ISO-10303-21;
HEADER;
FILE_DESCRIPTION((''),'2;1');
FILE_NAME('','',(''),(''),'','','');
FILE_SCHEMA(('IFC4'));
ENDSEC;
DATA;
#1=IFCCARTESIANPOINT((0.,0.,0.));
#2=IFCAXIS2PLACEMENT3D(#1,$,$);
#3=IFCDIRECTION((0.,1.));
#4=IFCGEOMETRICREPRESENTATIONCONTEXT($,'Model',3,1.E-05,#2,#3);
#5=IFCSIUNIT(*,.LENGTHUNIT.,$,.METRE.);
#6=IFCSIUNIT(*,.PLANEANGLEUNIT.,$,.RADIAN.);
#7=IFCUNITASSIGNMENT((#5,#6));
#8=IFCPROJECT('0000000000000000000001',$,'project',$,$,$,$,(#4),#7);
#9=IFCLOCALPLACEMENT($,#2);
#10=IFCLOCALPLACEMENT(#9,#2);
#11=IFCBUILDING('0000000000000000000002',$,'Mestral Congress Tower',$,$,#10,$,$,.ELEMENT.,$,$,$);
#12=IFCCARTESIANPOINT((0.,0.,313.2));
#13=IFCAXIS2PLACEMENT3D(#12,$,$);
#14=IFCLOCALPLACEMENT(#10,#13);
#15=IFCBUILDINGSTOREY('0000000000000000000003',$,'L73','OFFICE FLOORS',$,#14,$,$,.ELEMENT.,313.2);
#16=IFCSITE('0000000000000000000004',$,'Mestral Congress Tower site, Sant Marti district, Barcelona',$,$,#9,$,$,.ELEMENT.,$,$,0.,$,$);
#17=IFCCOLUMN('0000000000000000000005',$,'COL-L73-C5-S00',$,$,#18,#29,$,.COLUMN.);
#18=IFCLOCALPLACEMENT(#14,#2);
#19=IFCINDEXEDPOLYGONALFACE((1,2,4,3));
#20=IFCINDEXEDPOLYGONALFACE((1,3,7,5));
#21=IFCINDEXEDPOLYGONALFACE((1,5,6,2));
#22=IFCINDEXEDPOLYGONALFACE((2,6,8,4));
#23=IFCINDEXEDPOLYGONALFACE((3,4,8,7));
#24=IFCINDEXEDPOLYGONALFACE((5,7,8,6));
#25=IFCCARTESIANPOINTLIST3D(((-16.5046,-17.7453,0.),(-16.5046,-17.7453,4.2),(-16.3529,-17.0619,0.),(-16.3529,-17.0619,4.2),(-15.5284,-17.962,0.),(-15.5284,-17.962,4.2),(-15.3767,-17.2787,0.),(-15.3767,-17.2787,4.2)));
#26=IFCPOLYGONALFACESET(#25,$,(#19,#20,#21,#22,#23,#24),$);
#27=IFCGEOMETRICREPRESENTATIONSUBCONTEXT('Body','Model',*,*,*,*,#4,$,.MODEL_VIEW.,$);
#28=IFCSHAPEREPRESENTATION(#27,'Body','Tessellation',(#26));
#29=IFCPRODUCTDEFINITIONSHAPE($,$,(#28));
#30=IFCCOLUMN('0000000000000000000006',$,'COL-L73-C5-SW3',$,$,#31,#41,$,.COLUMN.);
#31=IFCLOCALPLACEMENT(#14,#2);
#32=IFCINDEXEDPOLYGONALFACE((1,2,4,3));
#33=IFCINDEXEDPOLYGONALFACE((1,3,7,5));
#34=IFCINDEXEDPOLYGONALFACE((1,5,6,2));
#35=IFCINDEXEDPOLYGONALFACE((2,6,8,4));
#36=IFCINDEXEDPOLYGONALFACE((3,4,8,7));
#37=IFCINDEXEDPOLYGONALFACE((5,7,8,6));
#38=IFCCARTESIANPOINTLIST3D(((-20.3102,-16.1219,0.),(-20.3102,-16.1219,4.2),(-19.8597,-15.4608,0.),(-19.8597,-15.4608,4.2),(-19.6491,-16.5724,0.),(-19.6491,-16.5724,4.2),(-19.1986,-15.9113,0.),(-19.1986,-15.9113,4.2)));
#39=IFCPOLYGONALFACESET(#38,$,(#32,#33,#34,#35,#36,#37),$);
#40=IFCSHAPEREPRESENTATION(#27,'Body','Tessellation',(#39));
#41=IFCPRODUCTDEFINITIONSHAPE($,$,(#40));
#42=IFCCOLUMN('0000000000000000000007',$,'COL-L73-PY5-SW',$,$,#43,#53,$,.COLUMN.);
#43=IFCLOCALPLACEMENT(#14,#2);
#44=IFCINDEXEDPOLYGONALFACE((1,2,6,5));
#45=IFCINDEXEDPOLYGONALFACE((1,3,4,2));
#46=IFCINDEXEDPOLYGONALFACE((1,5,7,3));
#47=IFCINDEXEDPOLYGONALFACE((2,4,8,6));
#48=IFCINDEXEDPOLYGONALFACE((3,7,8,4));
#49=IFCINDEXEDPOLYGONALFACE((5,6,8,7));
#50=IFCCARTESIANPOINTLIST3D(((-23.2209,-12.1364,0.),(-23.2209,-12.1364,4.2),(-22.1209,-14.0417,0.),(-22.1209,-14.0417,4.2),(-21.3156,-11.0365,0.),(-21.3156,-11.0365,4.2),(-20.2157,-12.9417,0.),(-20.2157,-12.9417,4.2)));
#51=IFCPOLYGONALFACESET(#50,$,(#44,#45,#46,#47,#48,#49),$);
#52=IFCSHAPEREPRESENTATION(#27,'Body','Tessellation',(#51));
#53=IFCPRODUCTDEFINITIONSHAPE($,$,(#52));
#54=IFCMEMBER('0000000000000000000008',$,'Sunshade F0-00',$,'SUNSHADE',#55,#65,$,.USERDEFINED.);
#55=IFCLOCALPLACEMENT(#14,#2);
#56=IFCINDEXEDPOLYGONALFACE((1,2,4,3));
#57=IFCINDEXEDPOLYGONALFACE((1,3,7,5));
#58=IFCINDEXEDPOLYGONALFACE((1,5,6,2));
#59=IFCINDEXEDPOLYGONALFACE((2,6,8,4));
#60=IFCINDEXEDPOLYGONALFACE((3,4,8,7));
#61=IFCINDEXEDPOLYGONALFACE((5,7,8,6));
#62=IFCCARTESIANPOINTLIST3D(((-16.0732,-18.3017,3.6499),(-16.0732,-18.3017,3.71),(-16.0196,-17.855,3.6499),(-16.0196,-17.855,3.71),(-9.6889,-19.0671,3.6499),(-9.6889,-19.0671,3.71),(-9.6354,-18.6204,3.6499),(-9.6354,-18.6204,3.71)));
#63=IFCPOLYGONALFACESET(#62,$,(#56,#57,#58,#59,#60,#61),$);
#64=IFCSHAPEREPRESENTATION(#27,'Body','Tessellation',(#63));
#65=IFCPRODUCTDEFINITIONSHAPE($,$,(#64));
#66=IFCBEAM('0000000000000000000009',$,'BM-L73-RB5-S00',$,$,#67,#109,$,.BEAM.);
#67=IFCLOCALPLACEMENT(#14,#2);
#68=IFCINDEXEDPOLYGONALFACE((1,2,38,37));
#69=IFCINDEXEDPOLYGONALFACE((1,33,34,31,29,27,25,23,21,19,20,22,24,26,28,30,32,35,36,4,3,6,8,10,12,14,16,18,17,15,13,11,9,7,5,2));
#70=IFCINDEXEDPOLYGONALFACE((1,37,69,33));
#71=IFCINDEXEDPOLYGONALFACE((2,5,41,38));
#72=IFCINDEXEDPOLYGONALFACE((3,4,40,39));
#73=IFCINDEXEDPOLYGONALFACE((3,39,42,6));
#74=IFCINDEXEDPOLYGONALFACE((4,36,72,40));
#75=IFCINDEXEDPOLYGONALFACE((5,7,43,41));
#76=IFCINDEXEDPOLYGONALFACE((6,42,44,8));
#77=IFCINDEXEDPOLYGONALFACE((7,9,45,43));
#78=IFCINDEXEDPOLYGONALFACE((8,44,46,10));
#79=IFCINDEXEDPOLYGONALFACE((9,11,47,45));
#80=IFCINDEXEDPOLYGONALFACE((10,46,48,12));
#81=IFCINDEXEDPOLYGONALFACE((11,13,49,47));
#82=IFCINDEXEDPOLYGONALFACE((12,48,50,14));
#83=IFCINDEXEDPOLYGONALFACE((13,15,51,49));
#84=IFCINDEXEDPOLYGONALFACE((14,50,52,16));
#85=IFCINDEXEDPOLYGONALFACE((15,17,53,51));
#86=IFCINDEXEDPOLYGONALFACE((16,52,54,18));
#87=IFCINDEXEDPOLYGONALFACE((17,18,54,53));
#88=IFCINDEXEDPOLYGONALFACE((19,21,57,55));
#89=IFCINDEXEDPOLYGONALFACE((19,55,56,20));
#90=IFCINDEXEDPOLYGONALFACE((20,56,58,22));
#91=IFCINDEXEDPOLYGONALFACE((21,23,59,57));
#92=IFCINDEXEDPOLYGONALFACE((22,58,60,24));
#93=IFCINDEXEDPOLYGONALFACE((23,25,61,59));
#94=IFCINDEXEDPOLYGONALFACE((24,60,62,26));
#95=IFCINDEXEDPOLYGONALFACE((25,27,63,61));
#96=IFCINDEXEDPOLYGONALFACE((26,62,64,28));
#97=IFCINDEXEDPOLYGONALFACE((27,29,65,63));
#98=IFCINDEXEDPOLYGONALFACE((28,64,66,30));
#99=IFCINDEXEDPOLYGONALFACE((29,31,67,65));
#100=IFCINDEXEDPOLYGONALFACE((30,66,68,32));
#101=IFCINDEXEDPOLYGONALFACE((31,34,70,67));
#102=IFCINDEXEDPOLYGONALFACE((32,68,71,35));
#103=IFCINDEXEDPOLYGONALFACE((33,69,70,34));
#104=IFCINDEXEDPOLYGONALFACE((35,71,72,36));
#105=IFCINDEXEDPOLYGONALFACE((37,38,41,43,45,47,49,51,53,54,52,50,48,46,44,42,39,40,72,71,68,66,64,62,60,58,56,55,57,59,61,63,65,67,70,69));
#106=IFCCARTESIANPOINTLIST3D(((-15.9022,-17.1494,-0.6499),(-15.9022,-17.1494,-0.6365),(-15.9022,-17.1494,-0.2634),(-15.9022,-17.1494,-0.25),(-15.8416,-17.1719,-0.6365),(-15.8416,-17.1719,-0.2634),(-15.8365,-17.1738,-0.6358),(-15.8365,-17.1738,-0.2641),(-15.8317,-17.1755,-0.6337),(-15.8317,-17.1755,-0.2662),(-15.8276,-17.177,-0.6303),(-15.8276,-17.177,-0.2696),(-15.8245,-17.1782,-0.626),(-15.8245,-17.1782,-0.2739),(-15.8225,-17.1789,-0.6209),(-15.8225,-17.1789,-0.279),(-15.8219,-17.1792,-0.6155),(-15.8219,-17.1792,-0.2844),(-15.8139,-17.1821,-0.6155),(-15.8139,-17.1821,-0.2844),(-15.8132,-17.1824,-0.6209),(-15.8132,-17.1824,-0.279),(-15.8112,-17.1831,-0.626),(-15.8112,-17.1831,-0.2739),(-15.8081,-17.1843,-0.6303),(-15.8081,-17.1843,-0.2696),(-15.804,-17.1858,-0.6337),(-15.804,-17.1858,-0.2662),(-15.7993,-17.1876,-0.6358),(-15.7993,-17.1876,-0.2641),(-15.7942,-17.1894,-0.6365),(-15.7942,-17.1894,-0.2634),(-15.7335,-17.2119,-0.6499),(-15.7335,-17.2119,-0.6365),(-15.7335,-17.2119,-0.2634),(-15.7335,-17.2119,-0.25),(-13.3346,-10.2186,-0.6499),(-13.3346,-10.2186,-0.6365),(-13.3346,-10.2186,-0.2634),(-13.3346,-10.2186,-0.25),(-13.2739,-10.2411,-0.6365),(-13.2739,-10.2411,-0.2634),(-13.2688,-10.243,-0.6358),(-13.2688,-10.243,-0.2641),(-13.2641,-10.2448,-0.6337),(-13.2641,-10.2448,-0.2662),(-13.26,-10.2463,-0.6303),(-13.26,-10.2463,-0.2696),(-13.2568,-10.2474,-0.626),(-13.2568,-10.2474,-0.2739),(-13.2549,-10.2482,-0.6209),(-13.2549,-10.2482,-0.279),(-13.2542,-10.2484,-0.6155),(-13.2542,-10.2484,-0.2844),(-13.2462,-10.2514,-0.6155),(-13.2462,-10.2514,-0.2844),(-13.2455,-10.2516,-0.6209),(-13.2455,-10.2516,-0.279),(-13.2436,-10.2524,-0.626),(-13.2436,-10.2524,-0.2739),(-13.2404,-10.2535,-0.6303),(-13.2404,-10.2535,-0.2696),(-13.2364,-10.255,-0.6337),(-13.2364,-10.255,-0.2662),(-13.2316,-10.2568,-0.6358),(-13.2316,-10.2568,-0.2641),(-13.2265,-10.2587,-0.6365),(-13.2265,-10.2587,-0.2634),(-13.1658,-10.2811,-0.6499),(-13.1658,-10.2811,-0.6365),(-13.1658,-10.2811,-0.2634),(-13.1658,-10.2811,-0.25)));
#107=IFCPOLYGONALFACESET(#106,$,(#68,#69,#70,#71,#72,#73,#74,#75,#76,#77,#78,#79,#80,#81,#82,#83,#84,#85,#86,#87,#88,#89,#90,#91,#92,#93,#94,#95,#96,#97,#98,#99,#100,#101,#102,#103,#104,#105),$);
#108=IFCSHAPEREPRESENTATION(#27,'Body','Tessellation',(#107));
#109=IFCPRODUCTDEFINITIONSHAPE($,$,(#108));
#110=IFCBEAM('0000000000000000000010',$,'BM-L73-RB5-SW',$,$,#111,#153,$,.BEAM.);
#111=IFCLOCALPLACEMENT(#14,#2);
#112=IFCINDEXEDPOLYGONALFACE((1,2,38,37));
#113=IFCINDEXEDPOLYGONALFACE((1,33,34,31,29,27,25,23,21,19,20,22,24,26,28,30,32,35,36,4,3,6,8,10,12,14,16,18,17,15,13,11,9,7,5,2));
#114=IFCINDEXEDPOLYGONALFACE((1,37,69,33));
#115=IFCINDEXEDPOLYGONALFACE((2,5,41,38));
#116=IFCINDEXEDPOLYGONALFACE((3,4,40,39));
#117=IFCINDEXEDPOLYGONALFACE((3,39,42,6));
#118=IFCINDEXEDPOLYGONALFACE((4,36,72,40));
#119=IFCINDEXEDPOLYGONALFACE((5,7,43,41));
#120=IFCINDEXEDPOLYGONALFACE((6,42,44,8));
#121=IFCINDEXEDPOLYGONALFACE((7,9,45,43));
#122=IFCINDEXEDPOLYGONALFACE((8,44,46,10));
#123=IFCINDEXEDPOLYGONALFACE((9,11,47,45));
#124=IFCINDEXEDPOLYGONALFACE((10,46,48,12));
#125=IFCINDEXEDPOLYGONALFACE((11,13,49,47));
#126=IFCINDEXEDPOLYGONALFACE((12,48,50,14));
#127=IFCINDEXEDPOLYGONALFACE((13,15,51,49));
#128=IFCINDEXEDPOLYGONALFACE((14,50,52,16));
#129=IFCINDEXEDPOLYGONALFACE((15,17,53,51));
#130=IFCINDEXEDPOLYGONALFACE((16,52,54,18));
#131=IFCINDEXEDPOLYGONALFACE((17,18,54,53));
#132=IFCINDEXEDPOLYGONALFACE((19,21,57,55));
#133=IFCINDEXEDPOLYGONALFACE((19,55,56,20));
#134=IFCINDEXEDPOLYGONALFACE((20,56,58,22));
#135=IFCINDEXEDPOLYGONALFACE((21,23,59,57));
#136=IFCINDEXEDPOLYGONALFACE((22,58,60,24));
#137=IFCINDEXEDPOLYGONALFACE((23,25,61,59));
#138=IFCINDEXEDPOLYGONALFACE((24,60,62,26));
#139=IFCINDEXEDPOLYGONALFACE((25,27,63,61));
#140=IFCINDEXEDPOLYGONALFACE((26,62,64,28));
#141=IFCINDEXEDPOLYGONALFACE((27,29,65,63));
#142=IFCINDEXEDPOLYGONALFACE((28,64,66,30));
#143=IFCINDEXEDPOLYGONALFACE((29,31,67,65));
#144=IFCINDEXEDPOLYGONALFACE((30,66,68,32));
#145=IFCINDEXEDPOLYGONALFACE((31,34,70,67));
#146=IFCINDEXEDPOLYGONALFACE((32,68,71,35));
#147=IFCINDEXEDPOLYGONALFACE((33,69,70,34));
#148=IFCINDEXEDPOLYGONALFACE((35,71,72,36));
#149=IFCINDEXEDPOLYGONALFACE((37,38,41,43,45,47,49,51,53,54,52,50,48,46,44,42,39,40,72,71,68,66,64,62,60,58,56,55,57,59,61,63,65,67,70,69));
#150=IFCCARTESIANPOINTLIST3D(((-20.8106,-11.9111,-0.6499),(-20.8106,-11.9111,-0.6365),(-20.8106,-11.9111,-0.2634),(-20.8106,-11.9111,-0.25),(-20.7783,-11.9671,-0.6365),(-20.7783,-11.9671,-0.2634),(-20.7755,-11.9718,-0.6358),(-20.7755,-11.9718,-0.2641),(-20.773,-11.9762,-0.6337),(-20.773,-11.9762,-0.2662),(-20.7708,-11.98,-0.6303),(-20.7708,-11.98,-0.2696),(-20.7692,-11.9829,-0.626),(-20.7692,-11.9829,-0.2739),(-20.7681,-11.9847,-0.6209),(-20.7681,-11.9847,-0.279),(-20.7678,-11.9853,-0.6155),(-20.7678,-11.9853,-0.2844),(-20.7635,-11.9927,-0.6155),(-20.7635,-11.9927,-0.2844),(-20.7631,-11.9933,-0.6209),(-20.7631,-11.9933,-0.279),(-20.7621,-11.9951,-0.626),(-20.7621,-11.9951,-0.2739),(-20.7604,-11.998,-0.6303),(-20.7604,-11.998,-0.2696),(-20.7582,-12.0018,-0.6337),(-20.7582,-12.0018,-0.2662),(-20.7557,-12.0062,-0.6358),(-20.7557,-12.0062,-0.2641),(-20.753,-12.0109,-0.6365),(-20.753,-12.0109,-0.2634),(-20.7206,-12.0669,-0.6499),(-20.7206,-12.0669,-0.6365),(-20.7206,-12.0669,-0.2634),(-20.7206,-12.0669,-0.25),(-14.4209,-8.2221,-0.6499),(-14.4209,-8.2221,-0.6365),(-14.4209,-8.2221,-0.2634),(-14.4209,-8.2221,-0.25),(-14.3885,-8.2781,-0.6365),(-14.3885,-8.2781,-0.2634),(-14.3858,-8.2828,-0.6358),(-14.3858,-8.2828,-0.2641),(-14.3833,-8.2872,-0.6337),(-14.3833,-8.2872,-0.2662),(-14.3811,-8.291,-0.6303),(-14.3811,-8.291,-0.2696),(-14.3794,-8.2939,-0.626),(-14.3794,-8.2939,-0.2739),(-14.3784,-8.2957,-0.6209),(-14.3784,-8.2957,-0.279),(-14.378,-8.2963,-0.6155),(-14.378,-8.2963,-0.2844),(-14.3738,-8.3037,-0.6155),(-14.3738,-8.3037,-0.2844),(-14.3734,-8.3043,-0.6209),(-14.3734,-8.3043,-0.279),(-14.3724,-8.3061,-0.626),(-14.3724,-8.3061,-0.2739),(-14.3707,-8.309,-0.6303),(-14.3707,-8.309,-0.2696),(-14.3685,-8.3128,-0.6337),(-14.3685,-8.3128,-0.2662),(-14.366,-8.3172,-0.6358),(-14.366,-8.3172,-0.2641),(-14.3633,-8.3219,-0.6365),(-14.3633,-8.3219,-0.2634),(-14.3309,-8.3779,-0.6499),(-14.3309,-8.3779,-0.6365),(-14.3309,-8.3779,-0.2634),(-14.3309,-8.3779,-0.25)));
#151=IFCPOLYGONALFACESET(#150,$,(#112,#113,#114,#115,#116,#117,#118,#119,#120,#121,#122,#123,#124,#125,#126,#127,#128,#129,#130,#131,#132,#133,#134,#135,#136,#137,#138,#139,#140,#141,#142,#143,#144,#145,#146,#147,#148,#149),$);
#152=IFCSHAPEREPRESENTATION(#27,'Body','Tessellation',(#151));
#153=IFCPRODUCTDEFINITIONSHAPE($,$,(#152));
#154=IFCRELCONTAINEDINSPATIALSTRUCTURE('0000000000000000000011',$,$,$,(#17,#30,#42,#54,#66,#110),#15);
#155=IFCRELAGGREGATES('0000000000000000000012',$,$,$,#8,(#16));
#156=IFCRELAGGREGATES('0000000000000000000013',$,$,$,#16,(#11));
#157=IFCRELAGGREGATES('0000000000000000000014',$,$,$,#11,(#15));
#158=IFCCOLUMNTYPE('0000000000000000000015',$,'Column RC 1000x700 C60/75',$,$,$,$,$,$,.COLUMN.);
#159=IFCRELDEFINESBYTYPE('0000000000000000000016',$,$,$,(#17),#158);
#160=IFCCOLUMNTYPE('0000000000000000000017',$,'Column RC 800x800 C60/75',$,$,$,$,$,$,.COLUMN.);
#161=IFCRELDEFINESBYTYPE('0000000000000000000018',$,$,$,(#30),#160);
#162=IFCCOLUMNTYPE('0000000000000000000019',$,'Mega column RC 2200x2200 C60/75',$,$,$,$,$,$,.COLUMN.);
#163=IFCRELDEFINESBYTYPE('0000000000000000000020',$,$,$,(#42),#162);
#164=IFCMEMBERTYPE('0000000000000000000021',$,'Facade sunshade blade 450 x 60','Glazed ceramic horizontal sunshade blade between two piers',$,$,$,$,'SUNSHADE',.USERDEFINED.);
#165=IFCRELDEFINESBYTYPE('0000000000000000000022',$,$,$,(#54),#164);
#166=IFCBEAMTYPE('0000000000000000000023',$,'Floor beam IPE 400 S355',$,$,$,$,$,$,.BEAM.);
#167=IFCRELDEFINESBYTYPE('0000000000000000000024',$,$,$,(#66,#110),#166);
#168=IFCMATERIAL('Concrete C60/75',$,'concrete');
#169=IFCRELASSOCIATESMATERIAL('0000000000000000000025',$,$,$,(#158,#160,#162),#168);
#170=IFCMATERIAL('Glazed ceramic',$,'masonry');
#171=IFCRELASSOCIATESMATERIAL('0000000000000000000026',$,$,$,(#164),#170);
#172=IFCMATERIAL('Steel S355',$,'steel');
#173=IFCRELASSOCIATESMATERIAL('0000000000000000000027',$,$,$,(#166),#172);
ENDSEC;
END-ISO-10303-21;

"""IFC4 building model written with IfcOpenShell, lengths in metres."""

from ifc_helpers import new_model, si_unit, direction, frame, origin, origin_2d, place, context, subcontext, project, spatial, rectangle, i_section, extrude, material, material_profile, profile_set, type_object, element, save


model = new_model("IFC4")

# Units and contexts
model_context = context("Model", 3, precision=1e-05, world=origin(), true_north=direction((0.0, 1.0)))
body_context = subcontext(model_context, "Body", "Model", "MODEL_VIEW")
ifc_project = project(units=[si_unit("LENGTHUNIT", "METRE"), si_unit("PLANEANGLEUNIT", "RADIAN")], contexts=[model_context])

# Site, building, storey
site_placement = place(None, origin())
site = spatial("IfcSite", under=ifc_project, at=site_placement, Name="Mestral Congress Tower site, Sant Marti district, Barcelona", CompositionType="ELEMENT", RefElevation=0.0)
building_placement = place(site_placement, origin())
building = spatial("IfcBuilding", under=site, at=building_placement, Name="Mestral Congress Tower", CompositionType="ELEMENT")
storey_placement = place(building_placement, frame((0.0, 0.0, 313.2)))
storey = spatial("IfcBuildingStorey", under=building, at=storey_placement, Name="L73", Description="OFFICE FLOORS", CompositionType="ELEMENT", Elevation=313.2)

# Columns
ifc_material_1 = material(Name="Concrete C60/75", Category="concrete")
ifc_material_profile_1 = material_profile(ifc_material_1, rectangle(XDim=1.0, YDim=0.7, at=origin_2d()), Name="RC 1000x700")
ifc_profile_set_1 = profile_set([ifc_material_profile_1], Name="Concrete C60/75")
column_type_1 = type_object("IfcColumnType", Name="Column RC 1000x700 C60/75", PredefinedType="COLUMN", material=ifc_profile_set_1)
column_1_placement = place(storey_placement, frame((-15.9407, -17.512, 0.0), z_axis=(0.0, 0.0, 1.0), x_axis=(0.976234, -0.216721, 0.0)))
element("IfcColumn", 1, at=column_1_placement, inside=storey, type_object=column_type_1, Name="COL-L73-C5-S00", PredefinedType="COLUMN", context=body_context, shape_type="SweptSolid", body=[
    extrude(rectangle(XDim=1.0, YDim=0.7, at=origin_2d()), origin(), (0.0, 0.0, 1.0), 4.2),
])
ifc_material_profile_2 = material_profile(ifc_material_1, rectangle(XDim=0.8, YDim=0.8, at=origin_2d()), Name="RC 800x800")
ifc_profile_set_2 = profile_set([ifc_material_profile_2], Name="Concrete C60/75")
column_type_2 = type_object("IfcColumnType", Name="Column RC 800x800 C60/75", PredefinedType="COLUMN", material=ifc_profile_set_2)
column_2_placement = place(storey_placement, frame((-19.7544, -16.0166, 0.0), z_axis=(0.0, 0.0, 1.0), x_axis=(0.826363, -0.563138, 0.0)))
element("IfcColumn", 2, at=column_2_placement, inside=storey, type_object=column_type_2, Name="COL-L73-C5-SW3", PredefinedType="COLUMN", context=body_context, shape_type="SweptSolid", body=[
    extrude(rectangle(XDim=0.8, YDim=0.8, at=origin_2d()), origin(), (0.0, 0.0, 1.0), 4.2),
])
ifc_material_profile_3 = material_profile(ifc_material_1, rectangle(XDim=2.2, YDim=2.2, at=origin_2d()), Name="RC 2200x2200")
ifc_profile_set_3 = profile_set([ifc_material_profile_3], Name="Concrete C60/75")
column_type_3 = type_object("IfcColumnType", Name="Mega column RC 2200x2200 C60/75", PredefinedType="COLUMN", material=ifc_profile_set_3)
column_3_placement = place(storey_placement, frame((-21.7183, -12.5391, 0.0), z_axis=(0.0, 0.0, 1.0), x_axis=(-0.866025, -0.5, 0.0)))
element("IfcColumn", 3, at=column_3_placement, inside=storey, type_object=column_type_3, Name="COL-L73-PY5-SW", PredefinedType="COLUMN", context=body_context, shape_type="SweptSolid", body=[
    extrude(rectangle(XDim=2.2, YDim=2.2, at=origin_2d()), origin(), (0.0, 0.0, 1.0), 4.2),
])

# Member
ifc_material_2 = material(Name="Glazed ceramic", Category="masonry")
ifc_material_profile_4 = material_profile(ifc_material_2, rectangle(XDim=0.45, YDim=0.0601, at=origin_2d()), Name="Ceramic blade 450 x 60")
ifc_profile_set_4 = profile_set([ifc_material_profile_4], Name="Glazed ceramic")
member_type = type_object("IfcMemberType", Name="Facade sunshade blade 450 x 60", Description="Glazed ceramic horizontal sunshade blade between two piers", ElementType="SUNSHADE", PredefinedType="USERDEFINED", material=ifc_profile_set_4)
member_placement = place(storey_placement, frame((-16.0464, -18.0784, 3.6799), z_axis=(0.99289, -0.119033, 0.0), x_axis=(0.119033, 0.99289, 0.0)))
element("IfcMember", 4, at=member_placement, inside=storey, type_object=member_type, Name="Sunshade F0-00", ObjectType="SUNSHADE", PredefinedType="USERDEFINED", context=body_context, shape_type="SweptSolid", body=[
    extrude(rectangle(XDim=0.45, YDim=0.0601, at=origin_2d()), origin(), (0.0, 0.0, 1.0), 6.4299),
])

# Beams
ifc_material_3 = material(Name="Steel S355", Category="steel")
ifc_material_profile_5 = material_profile(ifc_material_3, i_section(OverallWidth=0.1799, OverallDepth=0.3999, WebThickness=0.0085, FlangeThickness=0.0134, FilletRadius=0.021, at=origin_2d()), Name="IPE 400")
ifc_profile_set_5 = profile_set([ifc_material_profile_5], Name="Steel S355")
beam_type_1 = type_object("IfcBeamType", Name="Floor beam IPE 400 S355", PredefinedType="BEAM", material=ifc_profile_set_5)
beam_1_placement = place(storey_placement, frame((-15.8179, -17.1807, -0.45), z_axis=(0.347399, 0.937717, 0.0), x_axis=(-0.937717, 0.347399, 0.0)))
element("IfcBeam", 5, at=beam_1_placement, inside=storey, type_object=beam_type_1, Name="BM-L73-RB5-S00", PredefinedType="BEAM", context=body_context, shape_type="SweptSolid", body=[
    extrude(i_section(OverallWidth=0.1799, OverallDepth=0.3999, WebThickness=0.0085, FlangeThickness=0.0134, FilletRadius=0.021, at=origin_2d()), origin(), (0.0, 0.0, 1.0), 7.3911),
])
beam_2_placement = place(storey_placement, frame((-20.7656, -11.989, -0.45), z_axis=(0.866031, 0.49999, 0.0), x_axis=(-0.49999, 0.866031, 0.0)))
element("IfcBeam", 6, at=beam_2_placement, inside=storey, type_object=beam_type_1, Name="BM-L73-RB5-SW", PredefinedType="BEAM", context=body_context, shape_type="SweptSolid", body=[
    extrude(i_section(OverallWidth=0.1799, OverallDepth=0.3999, WebThickness=0.0085, FlangeThickness=0.0134, FilletRadius=0.021, at=origin_2d()), origin(), (0.0, 0.0, 1.0), 7.3782),
])

save(model, "model.ifc")
